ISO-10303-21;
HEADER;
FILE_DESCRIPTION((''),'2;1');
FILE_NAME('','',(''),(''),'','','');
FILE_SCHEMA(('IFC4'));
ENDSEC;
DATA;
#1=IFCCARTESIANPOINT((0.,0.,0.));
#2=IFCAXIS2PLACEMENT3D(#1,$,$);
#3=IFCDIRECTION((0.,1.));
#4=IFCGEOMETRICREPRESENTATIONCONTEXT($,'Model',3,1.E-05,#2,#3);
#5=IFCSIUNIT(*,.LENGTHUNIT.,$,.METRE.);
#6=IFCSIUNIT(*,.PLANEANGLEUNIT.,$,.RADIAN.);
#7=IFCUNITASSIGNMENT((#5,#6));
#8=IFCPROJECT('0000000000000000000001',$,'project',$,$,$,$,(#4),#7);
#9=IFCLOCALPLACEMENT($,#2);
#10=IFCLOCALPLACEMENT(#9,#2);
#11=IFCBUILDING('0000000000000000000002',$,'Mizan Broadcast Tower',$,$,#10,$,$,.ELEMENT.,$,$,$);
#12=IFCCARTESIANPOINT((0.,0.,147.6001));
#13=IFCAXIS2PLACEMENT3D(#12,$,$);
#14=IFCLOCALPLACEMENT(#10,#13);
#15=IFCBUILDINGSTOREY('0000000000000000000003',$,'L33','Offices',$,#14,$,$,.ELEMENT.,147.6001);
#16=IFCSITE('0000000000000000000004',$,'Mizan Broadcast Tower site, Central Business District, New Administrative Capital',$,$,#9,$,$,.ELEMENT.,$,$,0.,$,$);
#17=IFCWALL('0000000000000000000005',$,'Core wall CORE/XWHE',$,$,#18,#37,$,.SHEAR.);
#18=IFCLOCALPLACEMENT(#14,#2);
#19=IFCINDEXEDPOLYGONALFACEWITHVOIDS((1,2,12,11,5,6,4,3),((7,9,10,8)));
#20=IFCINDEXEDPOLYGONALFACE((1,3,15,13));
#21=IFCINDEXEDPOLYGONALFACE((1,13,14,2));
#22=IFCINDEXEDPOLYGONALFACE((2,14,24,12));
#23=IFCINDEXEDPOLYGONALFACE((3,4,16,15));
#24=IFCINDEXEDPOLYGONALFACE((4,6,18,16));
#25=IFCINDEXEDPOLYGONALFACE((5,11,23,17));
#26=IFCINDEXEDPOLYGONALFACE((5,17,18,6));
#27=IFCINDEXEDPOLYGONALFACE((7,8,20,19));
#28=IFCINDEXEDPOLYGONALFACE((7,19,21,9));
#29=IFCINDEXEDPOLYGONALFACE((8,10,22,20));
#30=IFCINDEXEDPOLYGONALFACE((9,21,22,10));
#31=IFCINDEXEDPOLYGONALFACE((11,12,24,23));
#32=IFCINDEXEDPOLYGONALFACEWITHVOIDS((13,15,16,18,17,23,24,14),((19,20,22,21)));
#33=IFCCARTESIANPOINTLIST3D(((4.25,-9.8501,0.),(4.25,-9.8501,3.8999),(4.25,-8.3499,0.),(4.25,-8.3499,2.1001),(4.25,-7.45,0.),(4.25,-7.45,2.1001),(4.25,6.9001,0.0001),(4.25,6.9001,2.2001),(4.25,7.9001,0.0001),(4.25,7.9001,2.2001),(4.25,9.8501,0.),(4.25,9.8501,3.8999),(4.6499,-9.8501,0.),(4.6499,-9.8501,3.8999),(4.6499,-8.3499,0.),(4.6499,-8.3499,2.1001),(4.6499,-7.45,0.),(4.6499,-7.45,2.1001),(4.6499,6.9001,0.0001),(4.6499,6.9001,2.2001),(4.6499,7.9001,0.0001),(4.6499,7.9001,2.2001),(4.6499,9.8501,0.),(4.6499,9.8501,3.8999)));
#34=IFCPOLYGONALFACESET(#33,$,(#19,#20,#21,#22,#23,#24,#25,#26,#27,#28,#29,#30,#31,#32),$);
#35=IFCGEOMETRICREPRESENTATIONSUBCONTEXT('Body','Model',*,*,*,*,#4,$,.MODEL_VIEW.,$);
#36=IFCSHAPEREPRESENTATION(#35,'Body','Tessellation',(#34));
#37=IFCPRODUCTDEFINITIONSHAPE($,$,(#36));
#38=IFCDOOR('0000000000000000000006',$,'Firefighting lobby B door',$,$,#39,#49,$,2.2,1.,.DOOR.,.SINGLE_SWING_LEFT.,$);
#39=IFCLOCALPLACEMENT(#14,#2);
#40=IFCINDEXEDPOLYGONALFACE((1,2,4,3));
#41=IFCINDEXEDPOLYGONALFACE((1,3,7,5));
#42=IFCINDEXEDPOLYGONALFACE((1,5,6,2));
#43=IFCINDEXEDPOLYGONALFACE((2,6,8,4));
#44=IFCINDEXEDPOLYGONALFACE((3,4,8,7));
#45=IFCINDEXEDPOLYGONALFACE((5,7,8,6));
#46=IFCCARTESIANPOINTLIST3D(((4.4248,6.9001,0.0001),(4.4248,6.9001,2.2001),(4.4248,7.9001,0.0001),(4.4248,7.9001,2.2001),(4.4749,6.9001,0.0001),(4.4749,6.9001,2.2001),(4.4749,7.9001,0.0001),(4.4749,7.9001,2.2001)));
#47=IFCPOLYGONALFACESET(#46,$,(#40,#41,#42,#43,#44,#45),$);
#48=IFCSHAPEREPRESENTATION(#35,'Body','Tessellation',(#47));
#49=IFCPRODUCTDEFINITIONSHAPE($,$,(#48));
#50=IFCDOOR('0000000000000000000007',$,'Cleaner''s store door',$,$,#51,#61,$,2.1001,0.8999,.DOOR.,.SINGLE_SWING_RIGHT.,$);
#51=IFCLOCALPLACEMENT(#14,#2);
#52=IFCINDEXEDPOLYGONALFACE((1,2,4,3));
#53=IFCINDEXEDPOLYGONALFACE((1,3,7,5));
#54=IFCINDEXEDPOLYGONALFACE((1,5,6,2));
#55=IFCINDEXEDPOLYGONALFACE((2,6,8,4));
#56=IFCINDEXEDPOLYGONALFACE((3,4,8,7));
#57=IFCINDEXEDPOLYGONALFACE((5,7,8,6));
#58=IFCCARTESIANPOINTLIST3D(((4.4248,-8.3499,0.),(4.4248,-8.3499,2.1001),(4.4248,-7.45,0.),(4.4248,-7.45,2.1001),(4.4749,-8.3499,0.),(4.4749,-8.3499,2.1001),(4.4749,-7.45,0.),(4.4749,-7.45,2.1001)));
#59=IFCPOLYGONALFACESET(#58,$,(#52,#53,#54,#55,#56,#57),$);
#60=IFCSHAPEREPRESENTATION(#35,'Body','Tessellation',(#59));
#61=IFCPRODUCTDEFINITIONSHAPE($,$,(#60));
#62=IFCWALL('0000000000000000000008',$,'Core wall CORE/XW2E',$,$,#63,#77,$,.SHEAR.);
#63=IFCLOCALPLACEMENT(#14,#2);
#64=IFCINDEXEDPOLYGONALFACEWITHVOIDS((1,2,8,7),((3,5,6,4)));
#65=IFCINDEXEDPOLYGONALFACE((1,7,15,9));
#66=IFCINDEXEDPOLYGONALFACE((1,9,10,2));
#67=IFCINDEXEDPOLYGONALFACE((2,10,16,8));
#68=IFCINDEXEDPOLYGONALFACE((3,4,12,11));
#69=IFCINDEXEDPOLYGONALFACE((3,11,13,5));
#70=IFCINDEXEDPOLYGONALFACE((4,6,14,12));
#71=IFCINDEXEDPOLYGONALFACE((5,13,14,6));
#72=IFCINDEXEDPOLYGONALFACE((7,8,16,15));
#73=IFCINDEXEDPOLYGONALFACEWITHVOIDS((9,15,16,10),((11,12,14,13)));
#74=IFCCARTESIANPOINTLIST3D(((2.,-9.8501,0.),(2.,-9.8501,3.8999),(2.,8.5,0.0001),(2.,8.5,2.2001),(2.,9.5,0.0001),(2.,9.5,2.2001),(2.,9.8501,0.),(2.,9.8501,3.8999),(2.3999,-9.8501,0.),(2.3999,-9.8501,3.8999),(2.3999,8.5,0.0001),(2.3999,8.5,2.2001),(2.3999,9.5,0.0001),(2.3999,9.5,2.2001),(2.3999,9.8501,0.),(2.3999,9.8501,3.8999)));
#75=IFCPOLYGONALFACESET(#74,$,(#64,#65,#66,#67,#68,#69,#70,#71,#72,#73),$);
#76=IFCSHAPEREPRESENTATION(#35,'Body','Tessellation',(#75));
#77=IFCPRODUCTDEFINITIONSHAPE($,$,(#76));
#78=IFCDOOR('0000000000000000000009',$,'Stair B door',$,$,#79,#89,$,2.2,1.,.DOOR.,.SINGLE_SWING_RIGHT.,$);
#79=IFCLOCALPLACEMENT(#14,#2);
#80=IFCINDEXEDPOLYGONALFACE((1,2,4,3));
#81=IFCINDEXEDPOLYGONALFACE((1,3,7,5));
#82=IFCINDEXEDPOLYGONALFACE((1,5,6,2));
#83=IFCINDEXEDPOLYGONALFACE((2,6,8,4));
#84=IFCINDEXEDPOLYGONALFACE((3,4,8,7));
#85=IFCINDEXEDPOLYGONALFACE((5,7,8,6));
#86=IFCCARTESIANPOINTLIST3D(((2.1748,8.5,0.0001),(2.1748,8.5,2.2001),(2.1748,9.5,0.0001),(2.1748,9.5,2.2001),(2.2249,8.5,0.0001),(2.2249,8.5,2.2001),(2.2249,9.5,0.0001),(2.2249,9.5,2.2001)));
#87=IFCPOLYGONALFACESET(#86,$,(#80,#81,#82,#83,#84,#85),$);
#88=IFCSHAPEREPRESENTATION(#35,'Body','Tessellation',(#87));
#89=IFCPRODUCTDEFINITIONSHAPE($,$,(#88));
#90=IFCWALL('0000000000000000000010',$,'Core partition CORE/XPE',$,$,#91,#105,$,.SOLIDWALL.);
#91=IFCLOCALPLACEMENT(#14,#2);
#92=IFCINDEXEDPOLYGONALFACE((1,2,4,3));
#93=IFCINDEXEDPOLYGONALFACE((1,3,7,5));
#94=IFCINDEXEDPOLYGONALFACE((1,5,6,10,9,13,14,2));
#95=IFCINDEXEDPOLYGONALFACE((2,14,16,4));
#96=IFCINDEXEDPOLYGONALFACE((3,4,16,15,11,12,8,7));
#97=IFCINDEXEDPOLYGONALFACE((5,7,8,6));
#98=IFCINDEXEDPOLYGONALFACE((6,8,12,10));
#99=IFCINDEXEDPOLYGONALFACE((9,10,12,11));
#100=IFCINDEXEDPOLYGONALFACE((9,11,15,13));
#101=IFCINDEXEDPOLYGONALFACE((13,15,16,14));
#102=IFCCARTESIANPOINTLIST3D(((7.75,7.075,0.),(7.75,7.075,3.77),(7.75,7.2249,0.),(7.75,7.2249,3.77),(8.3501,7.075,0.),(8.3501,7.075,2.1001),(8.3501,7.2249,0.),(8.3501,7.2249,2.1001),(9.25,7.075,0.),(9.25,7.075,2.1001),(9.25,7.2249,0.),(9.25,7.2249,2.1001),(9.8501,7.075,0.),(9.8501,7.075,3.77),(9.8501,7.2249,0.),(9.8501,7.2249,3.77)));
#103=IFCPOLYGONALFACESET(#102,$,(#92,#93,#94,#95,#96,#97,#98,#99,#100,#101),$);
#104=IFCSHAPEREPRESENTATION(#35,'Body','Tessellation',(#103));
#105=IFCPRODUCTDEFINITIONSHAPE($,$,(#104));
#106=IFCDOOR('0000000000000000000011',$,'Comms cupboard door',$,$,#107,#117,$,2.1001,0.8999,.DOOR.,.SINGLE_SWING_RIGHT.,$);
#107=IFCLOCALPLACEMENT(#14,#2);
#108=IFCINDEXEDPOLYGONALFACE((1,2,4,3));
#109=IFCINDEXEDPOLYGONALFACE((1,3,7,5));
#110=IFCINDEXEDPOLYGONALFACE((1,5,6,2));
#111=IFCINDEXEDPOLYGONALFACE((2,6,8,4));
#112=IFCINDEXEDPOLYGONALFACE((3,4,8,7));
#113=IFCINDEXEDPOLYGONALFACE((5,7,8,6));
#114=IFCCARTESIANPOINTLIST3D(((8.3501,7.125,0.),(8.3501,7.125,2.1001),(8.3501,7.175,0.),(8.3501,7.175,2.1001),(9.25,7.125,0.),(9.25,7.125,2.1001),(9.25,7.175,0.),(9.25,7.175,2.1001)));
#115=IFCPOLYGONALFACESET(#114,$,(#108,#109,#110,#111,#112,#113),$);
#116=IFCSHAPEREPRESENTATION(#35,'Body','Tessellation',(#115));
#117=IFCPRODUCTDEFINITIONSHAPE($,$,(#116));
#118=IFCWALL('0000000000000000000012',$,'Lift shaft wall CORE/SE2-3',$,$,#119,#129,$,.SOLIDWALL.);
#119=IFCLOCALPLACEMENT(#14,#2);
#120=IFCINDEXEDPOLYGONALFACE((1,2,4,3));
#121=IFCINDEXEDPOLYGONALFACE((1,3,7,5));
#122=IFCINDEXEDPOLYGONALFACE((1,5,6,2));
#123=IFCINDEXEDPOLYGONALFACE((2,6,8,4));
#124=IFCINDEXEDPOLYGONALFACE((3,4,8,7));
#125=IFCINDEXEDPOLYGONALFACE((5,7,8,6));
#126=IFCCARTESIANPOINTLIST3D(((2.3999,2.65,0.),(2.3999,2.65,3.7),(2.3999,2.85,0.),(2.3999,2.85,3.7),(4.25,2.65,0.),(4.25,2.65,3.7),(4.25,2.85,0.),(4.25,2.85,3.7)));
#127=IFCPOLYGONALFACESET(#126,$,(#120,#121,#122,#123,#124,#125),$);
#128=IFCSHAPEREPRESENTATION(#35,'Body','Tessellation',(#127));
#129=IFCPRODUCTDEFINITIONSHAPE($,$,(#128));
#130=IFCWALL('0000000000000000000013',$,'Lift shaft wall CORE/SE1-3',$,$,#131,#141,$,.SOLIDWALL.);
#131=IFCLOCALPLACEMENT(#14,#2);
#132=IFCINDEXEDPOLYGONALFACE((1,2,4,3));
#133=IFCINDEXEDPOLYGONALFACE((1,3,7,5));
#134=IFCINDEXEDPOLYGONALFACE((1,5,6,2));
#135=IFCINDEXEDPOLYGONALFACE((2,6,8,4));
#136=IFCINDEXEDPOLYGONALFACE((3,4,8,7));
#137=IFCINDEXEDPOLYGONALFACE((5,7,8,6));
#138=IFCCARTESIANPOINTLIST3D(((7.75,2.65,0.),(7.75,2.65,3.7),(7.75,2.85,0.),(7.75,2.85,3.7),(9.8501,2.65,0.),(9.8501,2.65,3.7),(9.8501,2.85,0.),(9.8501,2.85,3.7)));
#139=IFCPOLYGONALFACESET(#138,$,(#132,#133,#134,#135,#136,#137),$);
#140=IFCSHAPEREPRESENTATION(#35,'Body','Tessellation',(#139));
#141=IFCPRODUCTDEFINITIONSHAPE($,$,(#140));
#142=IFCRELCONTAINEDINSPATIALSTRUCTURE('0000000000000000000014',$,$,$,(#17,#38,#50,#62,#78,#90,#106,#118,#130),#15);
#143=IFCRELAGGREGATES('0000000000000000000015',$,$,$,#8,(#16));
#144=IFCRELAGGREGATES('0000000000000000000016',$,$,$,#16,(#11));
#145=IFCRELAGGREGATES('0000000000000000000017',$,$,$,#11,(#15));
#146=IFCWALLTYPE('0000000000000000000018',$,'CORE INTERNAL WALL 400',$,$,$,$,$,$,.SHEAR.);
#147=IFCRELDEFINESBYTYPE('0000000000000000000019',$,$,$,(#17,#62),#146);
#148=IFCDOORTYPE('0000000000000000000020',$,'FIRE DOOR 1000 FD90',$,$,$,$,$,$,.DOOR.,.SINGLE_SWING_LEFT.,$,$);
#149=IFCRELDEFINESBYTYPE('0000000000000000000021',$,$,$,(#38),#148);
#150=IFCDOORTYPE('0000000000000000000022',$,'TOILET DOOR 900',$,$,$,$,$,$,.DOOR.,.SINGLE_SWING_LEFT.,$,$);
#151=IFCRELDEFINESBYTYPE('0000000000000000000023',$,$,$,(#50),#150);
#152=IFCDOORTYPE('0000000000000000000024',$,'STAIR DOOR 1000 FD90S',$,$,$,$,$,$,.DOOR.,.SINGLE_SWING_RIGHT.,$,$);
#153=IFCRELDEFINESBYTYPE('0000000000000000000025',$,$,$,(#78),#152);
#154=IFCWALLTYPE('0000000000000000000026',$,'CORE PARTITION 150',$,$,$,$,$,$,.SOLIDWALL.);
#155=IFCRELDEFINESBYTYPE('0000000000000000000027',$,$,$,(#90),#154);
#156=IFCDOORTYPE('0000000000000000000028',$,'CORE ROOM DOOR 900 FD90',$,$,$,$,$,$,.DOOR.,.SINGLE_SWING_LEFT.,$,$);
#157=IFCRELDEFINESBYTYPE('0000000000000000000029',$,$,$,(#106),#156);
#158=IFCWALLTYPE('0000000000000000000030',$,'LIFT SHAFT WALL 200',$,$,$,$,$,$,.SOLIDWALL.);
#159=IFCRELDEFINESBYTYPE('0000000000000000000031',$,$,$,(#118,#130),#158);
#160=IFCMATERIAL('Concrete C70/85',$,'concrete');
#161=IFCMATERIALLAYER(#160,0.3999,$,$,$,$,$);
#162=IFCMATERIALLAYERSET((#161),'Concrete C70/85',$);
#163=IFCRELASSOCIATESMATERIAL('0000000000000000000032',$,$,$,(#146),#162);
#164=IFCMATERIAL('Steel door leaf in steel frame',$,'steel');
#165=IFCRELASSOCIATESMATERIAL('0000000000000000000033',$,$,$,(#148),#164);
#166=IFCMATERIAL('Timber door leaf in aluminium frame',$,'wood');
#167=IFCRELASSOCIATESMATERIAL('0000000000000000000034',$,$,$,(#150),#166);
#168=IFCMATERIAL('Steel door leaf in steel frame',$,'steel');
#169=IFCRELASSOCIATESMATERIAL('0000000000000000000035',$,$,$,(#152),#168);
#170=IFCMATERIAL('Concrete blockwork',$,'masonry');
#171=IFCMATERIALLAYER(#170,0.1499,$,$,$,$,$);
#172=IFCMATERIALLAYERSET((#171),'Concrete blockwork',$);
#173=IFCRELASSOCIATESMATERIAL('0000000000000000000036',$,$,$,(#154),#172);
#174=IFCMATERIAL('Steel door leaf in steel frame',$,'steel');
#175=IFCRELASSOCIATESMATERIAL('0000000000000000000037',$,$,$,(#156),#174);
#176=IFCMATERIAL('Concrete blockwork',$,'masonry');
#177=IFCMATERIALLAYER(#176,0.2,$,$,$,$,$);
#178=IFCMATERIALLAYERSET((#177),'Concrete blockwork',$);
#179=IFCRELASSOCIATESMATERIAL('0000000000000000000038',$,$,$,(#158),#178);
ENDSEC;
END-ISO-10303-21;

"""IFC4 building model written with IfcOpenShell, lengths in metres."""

from ifc_helpers import new_model, si_unit, direction, frame, frame_2d, origin, place, context, subcontext, project, spatial, rectangle, extrude, material, layer, layer_set, type_object, element, fill, save


model = new_model("IFC4")

# Units and contexts
model_context = context("Model", 3, precision=1e-05, world=origin(), true_north=direction((0.0, 1.0)))
body_context = subcontext(model_context, "Body", "Model", "MODEL_VIEW")
ifc_project = project(units=[si_unit("LENGTHUNIT", "METRE"), si_unit("PLANEANGLEUNIT", "RADIAN")], contexts=[model_context])

# Site, building, storey
site_placement = place(None, origin())
site = spatial("IfcSite", under=ifc_project, at=site_placement, Name="Mizan Broadcast Tower site, Central Business District, New Administrative Capital", CompositionType="ELEMENT", RefElevation=0.0)
building_placement = place(site_placement, origin())
building = spatial("IfcBuilding", under=site, at=building_placement, Name="Mizan Broadcast Tower", CompositionType="ELEMENT")
storey_placement = place(building_placement, frame((0.0, 0.0, 147.6001)))
storey = spatial("IfcBuildingStorey", under=building, at=storey_placement, Name="L33", Description="Offices", CompositionType="ELEMENT", Elevation=147.6001)

# Wall, openings, doors
ifc_material_1 = material(Name="Concrete C70/85", Category="concrete")
ifc_layer_1 = layer(ifc_material_1, 0.3999)
ifc_layer_set_1 = layer_set([ifc_layer_1], Name="Concrete C70/85")
wall_type_1 = type_object("IfcWallType", Name="CORE INTERNAL WALL 400", PredefinedType="SHEAR", material=ifc_layer_set_1)
ifc_material_2 = material(Name="Steel door leaf in steel frame", Category="steel")
door_type_1 = type_object("IfcDoorType", Name="FIRE DOOR 1000 FD90", OperationType="SINGLE_SWING_LEFT", PredefinedType="DOOR", material=ifc_material_2)
ifc_material_3 = material(Name="Timber door leaf in aluminium frame", Category="wood")
door_type_2 = type_object("IfcDoorType", Name="TOILET DOOR 900", OperationType="SINGLE_SWING_LEFT", PredefinedType="DOOR", material=ifc_material_3)
wall_1_placement = place(storey_placement, frame((4.45, 9.8501, 0.0), z_axis=(0.0, 0.0, 1.0), x_axis=(0.0, -1.0, 0.0)))
wall_1 = element("IfcWall", 1, at=wall_1_placement, inside=storey, type_object=wall_type_1, Name="Core wall CORE/XWHE", PredefinedType="SHEAR", context=body_context, shape_type="SweptSolid", body=[
    extrude(rectangle(XDim=19.7002, YDim=0.3999, at=frame_2d((9.8501, 0.0))), origin(), (0.0, 0.0, 1.0), 3.8999),
])
opening_1_placement = place(wall_1_placement, frame((1.95, 0.0, 0.0)))
opening_1 = element("IfcOpeningElement", 2, at=opening_1_placement, cuts=wall_1, PredefinedType="OPENING", context=body_context, shape_type="SweptSolid", body=[
    extrude(rectangle(XDim=1.0, YDim=2.2, at=frame_2d((0.5, 1.1001))), frame((0.0, 0.21, 0.0), z_axis=(0.0, -1.0, 0.0), x_axis=(1.0, 0.0, 0.0)), (0.0, 0.0, 1.0), 0.4199),
])
opening_2_placement = place(wall_1_placement, frame((17.3, 0.0, 0.0)))
opening_2 = element("IfcOpeningElement", 3, at=opening_2_placement, cuts=wall_1, PredefinedType="OPENING", context=body_context, shape_type="SweptSolid", body=[
    extrude(rectangle(XDim=0.8999, YDim=2.1001, at=frame_2d((0.45, 1.05))), frame((0.0, 0.21, 0.0), z_axis=(0.0, -1.0, 0.0), x_axis=(1.0, 0.0, 0.0)), (0.0, 0.0, 1.0), 0.4199),
])
door_1_placement = place(opening_1_placement, origin())
door_1 = element("IfcDoor", 4, at=door_1_placement, inside=storey, type_object=door_type_1, Name="Firefighting lobby B door", OperationType="SINGLE_SWING_LEFT", OverallHeight=2.2, OverallWidth=1.0, PredefinedType="DOOR", context=body_context, shape_type="SweptSolid", body=[
    extrude(rectangle(XDim=1.0, YDim=2.2, at=frame_2d((0.5, 1.1001))), frame((0.0, 0.0249, 0.0), z_axis=(0.0, -1.0, 0.0), x_axis=(1.0, 0.0, 0.0)), (0.0, 0.0, 1.0), 0.05),
])
fill(opening_1, door_1)
door_2_placement = place(opening_2_placement, origin())
door_2 = element("IfcDoor", 5, at=door_2_placement, inside=storey, type_object=door_type_2, Name="Cleaner's store door", OperationType="SINGLE_SWING_RIGHT", OverallHeight=2.1001, OverallWidth=0.8999, PredefinedType="DOOR", context=body_context, shape_type="SweptSolid", body=[
    extrude(rectangle(XDim=0.8999, YDim=2.1001, at=frame_2d((0.45, 1.05))), frame((0.0, 0.0249, 0.0), z_axis=(0.0, -1.0, 0.0), x_axis=(1.0, 0.0, 0.0)), (0.0, 0.0, 1.0), 0.05),
])
fill(opening_2, door_2)

# Walls, openings, doors
wall_2_placement = place(storey_placement, frame((2.2, 9.8501, 0.0), z_axis=(0.0, 0.0, 1.0), x_axis=(0.0, -1.0, 0.0)))
wall_2 = element("IfcWall", 6, at=wall_2_placement, inside=storey, type_object=wall_type_1, Name="Core wall CORE/XW2E", PredefinedType="SHEAR", context=body_context, shape_type="SweptSolid", body=[
    extrude(rectangle(XDim=19.7002, YDim=0.3999, at=frame_2d((9.8501, 0.0))), origin(), (0.0, 0.0, 1.0), 3.8999),
])
opening_3_placement = place(wall_2_placement, frame((0.3501, 0.0, 0.0)))
opening_3 = element("IfcOpeningElement", 7, at=opening_3_placement, cuts=wall_2, PredefinedType="OPENING", context=body_context, shape_type="SweptSolid", body=[
    extrude(rectangle(XDim=1.0, YDim=2.2, at=frame_2d((0.5, 1.1001))), frame((0.0, 0.21, 0.0), z_axis=(0.0, -1.0, 0.0), x_axis=(1.0, 0.0, 0.0)), (0.0, 0.0, 1.0), 0.4199),
])
ifc_material_4 = material(Name="Steel door leaf in steel frame", Category="steel")
door_type_3 = type_object("IfcDoorType", Name="STAIR DOOR 1000 FD90S", OperationType="SINGLE_SWING_RIGHT", PredefinedType="DOOR", material=ifc_material_4)
door_3_placement = place(opening_3_placement, origin())
door_3 = element("IfcDoor", 8, at=door_3_placement, inside=storey, type_object=door_type_3, Name="Stair B door", OperationType="SINGLE_SWING_RIGHT", OverallHeight=2.2, OverallWidth=1.0, PredefinedType="DOOR", context=body_context, shape_type="SweptSolid", body=[
    extrude(rectangle(XDim=1.0, YDim=2.2, at=frame_2d((0.5, 1.1001))), frame((0.0, 0.0249, 0.0), z_axis=(0.0, -1.0, 0.0), x_axis=(1.0, 0.0, 0.0)), (0.0, 0.0, 1.0), 0.05),
])
fill(opening_3, door_3)
ifc_material_5 = material(Name="Concrete blockwork", Category="masonry")
ifc_layer_2 = layer(ifc_material_5, 0.1499)
ifc_layer_set_2 = layer_set([ifc_layer_2], Name="Concrete blockwork")
wall_type_2 = type_object("IfcWallType", Name="CORE PARTITION 150", PredefinedType="SOLIDWALL", material=ifc_layer_set_2)
wall_3_placement = place(storey_placement, frame((9.8501, 7.1499, 0.0), z_axis=(0.0, 0.0, 1.0), x_axis=(-1.0, 0.0, 0.0)))
wall_3 = element("IfcWall", 9, at=wall_3_placement, inside=storey, type_object=wall_type_2, Name="Core partition CORE/XPE", PredefinedType="SOLIDWALL", context=body_context, shape_type="SweptSolid", body=[
    extrude(rectangle(XDim=2.1001, YDim=0.1499, at=frame_2d((1.05, 0.0))), origin(), (0.0, 0.0, 1.0), 3.77),
])
opening_4_placement = place(wall_3_placement, frame((0.6001, 0.0, 0.0)))
opening_4 = element("IfcOpeningElement", 10, at=opening_4_placement, cuts=wall_3, PredefinedType="OPENING", context=body_context, shape_type="SweptSolid", body=[
    extrude(rectangle(XDim=0.8999, YDim=2.1001, at=frame_2d((0.45, 1.05))), frame((0.0, 0.085, 0.0), z_axis=(0.0, -1.0, 0.0), x_axis=(1.0, 0.0, 0.0)), (0.0, 0.0, 1.0), 0.1699),
])
ifc_material_6 = material(Name="Steel door leaf in steel frame", Category="steel")
door_type_4 = type_object("IfcDoorType", Name="CORE ROOM DOOR 900 FD90", OperationType="SINGLE_SWING_LEFT", PredefinedType="DOOR", material=ifc_material_6)
door_4_placement = place(opening_4_placement, origin())
door_4 = element("IfcDoor", 11, at=door_4_placement, inside=storey, type_object=door_type_4, Name="Comms cupboard door", OperationType="SINGLE_SWING_RIGHT", OverallHeight=2.1001, OverallWidth=0.8999, PredefinedType="DOOR", context=body_context, shape_type="SweptSolid", body=[
    extrude(rectangle(XDim=0.8999, YDim=2.1001, at=frame_2d((0.45, 1.05))), frame((0.0, 0.0249, 0.0), z_axis=(0.0, -1.0, 0.0), x_axis=(1.0, 0.0, 0.0)), (0.0, 0.0, 1.0), 0.05),
])
fill(opening_4, door_4)

# Walls
ifc_material_7 = material(Name="Concrete blockwork", Category="masonry")
ifc_layer_3 = layer(ifc_material_7, 0.2)
ifc_layer_set_3 = layer_set([ifc_layer_3], Name="Concrete blockwork")
wall_type_3 = type_object("IfcWallType", Name="LIFT SHAFT WALL 200", PredefinedType="SOLIDWALL", material=ifc_layer_set_3)
wall_4_placement = place(storey_placement, frame((2.3999, 2.75, 0.0), z_axis=(0.0, 0.0, 1.0), x_axis=(1.0, 0.0, 0.0)))
element("IfcWall", 12, at=wall_4_placement, inside=storey, type_object=wall_type_3, Name="Lift shaft wall CORE/SE2-3", PredefinedType="SOLIDWALL", context=body_context, shape_type="SweptSolid", body=[
    extrude(rectangle(XDim=1.8501, YDim=0.2, at=frame_2d((0.925, 0.0))), origin(), (0.0, 0.0, 1.0), 3.7),
])
wall_5_placement = place(storey_placement, frame((7.75, 2.75, 0.0), z_axis=(0.0, 0.0, 1.0), x_axis=(1.0, 0.0, 0.0)))
element("IfcWall", 13, at=wall_5_placement, inside=storey, type_object=wall_type_3, Name="Lift shaft wall CORE/SE1-3", PredefinedType="SOLIDWALL", context=body_context, shape_type="SweptSolid", body=[
    extrude(rectangle(XDim=2.1001, YDim=0.2, at=frame_2d((1.05, 0.0))), origin(), (0.0, 0.0, 1.0), 3.7),
])

save(model, "model.ifc")
